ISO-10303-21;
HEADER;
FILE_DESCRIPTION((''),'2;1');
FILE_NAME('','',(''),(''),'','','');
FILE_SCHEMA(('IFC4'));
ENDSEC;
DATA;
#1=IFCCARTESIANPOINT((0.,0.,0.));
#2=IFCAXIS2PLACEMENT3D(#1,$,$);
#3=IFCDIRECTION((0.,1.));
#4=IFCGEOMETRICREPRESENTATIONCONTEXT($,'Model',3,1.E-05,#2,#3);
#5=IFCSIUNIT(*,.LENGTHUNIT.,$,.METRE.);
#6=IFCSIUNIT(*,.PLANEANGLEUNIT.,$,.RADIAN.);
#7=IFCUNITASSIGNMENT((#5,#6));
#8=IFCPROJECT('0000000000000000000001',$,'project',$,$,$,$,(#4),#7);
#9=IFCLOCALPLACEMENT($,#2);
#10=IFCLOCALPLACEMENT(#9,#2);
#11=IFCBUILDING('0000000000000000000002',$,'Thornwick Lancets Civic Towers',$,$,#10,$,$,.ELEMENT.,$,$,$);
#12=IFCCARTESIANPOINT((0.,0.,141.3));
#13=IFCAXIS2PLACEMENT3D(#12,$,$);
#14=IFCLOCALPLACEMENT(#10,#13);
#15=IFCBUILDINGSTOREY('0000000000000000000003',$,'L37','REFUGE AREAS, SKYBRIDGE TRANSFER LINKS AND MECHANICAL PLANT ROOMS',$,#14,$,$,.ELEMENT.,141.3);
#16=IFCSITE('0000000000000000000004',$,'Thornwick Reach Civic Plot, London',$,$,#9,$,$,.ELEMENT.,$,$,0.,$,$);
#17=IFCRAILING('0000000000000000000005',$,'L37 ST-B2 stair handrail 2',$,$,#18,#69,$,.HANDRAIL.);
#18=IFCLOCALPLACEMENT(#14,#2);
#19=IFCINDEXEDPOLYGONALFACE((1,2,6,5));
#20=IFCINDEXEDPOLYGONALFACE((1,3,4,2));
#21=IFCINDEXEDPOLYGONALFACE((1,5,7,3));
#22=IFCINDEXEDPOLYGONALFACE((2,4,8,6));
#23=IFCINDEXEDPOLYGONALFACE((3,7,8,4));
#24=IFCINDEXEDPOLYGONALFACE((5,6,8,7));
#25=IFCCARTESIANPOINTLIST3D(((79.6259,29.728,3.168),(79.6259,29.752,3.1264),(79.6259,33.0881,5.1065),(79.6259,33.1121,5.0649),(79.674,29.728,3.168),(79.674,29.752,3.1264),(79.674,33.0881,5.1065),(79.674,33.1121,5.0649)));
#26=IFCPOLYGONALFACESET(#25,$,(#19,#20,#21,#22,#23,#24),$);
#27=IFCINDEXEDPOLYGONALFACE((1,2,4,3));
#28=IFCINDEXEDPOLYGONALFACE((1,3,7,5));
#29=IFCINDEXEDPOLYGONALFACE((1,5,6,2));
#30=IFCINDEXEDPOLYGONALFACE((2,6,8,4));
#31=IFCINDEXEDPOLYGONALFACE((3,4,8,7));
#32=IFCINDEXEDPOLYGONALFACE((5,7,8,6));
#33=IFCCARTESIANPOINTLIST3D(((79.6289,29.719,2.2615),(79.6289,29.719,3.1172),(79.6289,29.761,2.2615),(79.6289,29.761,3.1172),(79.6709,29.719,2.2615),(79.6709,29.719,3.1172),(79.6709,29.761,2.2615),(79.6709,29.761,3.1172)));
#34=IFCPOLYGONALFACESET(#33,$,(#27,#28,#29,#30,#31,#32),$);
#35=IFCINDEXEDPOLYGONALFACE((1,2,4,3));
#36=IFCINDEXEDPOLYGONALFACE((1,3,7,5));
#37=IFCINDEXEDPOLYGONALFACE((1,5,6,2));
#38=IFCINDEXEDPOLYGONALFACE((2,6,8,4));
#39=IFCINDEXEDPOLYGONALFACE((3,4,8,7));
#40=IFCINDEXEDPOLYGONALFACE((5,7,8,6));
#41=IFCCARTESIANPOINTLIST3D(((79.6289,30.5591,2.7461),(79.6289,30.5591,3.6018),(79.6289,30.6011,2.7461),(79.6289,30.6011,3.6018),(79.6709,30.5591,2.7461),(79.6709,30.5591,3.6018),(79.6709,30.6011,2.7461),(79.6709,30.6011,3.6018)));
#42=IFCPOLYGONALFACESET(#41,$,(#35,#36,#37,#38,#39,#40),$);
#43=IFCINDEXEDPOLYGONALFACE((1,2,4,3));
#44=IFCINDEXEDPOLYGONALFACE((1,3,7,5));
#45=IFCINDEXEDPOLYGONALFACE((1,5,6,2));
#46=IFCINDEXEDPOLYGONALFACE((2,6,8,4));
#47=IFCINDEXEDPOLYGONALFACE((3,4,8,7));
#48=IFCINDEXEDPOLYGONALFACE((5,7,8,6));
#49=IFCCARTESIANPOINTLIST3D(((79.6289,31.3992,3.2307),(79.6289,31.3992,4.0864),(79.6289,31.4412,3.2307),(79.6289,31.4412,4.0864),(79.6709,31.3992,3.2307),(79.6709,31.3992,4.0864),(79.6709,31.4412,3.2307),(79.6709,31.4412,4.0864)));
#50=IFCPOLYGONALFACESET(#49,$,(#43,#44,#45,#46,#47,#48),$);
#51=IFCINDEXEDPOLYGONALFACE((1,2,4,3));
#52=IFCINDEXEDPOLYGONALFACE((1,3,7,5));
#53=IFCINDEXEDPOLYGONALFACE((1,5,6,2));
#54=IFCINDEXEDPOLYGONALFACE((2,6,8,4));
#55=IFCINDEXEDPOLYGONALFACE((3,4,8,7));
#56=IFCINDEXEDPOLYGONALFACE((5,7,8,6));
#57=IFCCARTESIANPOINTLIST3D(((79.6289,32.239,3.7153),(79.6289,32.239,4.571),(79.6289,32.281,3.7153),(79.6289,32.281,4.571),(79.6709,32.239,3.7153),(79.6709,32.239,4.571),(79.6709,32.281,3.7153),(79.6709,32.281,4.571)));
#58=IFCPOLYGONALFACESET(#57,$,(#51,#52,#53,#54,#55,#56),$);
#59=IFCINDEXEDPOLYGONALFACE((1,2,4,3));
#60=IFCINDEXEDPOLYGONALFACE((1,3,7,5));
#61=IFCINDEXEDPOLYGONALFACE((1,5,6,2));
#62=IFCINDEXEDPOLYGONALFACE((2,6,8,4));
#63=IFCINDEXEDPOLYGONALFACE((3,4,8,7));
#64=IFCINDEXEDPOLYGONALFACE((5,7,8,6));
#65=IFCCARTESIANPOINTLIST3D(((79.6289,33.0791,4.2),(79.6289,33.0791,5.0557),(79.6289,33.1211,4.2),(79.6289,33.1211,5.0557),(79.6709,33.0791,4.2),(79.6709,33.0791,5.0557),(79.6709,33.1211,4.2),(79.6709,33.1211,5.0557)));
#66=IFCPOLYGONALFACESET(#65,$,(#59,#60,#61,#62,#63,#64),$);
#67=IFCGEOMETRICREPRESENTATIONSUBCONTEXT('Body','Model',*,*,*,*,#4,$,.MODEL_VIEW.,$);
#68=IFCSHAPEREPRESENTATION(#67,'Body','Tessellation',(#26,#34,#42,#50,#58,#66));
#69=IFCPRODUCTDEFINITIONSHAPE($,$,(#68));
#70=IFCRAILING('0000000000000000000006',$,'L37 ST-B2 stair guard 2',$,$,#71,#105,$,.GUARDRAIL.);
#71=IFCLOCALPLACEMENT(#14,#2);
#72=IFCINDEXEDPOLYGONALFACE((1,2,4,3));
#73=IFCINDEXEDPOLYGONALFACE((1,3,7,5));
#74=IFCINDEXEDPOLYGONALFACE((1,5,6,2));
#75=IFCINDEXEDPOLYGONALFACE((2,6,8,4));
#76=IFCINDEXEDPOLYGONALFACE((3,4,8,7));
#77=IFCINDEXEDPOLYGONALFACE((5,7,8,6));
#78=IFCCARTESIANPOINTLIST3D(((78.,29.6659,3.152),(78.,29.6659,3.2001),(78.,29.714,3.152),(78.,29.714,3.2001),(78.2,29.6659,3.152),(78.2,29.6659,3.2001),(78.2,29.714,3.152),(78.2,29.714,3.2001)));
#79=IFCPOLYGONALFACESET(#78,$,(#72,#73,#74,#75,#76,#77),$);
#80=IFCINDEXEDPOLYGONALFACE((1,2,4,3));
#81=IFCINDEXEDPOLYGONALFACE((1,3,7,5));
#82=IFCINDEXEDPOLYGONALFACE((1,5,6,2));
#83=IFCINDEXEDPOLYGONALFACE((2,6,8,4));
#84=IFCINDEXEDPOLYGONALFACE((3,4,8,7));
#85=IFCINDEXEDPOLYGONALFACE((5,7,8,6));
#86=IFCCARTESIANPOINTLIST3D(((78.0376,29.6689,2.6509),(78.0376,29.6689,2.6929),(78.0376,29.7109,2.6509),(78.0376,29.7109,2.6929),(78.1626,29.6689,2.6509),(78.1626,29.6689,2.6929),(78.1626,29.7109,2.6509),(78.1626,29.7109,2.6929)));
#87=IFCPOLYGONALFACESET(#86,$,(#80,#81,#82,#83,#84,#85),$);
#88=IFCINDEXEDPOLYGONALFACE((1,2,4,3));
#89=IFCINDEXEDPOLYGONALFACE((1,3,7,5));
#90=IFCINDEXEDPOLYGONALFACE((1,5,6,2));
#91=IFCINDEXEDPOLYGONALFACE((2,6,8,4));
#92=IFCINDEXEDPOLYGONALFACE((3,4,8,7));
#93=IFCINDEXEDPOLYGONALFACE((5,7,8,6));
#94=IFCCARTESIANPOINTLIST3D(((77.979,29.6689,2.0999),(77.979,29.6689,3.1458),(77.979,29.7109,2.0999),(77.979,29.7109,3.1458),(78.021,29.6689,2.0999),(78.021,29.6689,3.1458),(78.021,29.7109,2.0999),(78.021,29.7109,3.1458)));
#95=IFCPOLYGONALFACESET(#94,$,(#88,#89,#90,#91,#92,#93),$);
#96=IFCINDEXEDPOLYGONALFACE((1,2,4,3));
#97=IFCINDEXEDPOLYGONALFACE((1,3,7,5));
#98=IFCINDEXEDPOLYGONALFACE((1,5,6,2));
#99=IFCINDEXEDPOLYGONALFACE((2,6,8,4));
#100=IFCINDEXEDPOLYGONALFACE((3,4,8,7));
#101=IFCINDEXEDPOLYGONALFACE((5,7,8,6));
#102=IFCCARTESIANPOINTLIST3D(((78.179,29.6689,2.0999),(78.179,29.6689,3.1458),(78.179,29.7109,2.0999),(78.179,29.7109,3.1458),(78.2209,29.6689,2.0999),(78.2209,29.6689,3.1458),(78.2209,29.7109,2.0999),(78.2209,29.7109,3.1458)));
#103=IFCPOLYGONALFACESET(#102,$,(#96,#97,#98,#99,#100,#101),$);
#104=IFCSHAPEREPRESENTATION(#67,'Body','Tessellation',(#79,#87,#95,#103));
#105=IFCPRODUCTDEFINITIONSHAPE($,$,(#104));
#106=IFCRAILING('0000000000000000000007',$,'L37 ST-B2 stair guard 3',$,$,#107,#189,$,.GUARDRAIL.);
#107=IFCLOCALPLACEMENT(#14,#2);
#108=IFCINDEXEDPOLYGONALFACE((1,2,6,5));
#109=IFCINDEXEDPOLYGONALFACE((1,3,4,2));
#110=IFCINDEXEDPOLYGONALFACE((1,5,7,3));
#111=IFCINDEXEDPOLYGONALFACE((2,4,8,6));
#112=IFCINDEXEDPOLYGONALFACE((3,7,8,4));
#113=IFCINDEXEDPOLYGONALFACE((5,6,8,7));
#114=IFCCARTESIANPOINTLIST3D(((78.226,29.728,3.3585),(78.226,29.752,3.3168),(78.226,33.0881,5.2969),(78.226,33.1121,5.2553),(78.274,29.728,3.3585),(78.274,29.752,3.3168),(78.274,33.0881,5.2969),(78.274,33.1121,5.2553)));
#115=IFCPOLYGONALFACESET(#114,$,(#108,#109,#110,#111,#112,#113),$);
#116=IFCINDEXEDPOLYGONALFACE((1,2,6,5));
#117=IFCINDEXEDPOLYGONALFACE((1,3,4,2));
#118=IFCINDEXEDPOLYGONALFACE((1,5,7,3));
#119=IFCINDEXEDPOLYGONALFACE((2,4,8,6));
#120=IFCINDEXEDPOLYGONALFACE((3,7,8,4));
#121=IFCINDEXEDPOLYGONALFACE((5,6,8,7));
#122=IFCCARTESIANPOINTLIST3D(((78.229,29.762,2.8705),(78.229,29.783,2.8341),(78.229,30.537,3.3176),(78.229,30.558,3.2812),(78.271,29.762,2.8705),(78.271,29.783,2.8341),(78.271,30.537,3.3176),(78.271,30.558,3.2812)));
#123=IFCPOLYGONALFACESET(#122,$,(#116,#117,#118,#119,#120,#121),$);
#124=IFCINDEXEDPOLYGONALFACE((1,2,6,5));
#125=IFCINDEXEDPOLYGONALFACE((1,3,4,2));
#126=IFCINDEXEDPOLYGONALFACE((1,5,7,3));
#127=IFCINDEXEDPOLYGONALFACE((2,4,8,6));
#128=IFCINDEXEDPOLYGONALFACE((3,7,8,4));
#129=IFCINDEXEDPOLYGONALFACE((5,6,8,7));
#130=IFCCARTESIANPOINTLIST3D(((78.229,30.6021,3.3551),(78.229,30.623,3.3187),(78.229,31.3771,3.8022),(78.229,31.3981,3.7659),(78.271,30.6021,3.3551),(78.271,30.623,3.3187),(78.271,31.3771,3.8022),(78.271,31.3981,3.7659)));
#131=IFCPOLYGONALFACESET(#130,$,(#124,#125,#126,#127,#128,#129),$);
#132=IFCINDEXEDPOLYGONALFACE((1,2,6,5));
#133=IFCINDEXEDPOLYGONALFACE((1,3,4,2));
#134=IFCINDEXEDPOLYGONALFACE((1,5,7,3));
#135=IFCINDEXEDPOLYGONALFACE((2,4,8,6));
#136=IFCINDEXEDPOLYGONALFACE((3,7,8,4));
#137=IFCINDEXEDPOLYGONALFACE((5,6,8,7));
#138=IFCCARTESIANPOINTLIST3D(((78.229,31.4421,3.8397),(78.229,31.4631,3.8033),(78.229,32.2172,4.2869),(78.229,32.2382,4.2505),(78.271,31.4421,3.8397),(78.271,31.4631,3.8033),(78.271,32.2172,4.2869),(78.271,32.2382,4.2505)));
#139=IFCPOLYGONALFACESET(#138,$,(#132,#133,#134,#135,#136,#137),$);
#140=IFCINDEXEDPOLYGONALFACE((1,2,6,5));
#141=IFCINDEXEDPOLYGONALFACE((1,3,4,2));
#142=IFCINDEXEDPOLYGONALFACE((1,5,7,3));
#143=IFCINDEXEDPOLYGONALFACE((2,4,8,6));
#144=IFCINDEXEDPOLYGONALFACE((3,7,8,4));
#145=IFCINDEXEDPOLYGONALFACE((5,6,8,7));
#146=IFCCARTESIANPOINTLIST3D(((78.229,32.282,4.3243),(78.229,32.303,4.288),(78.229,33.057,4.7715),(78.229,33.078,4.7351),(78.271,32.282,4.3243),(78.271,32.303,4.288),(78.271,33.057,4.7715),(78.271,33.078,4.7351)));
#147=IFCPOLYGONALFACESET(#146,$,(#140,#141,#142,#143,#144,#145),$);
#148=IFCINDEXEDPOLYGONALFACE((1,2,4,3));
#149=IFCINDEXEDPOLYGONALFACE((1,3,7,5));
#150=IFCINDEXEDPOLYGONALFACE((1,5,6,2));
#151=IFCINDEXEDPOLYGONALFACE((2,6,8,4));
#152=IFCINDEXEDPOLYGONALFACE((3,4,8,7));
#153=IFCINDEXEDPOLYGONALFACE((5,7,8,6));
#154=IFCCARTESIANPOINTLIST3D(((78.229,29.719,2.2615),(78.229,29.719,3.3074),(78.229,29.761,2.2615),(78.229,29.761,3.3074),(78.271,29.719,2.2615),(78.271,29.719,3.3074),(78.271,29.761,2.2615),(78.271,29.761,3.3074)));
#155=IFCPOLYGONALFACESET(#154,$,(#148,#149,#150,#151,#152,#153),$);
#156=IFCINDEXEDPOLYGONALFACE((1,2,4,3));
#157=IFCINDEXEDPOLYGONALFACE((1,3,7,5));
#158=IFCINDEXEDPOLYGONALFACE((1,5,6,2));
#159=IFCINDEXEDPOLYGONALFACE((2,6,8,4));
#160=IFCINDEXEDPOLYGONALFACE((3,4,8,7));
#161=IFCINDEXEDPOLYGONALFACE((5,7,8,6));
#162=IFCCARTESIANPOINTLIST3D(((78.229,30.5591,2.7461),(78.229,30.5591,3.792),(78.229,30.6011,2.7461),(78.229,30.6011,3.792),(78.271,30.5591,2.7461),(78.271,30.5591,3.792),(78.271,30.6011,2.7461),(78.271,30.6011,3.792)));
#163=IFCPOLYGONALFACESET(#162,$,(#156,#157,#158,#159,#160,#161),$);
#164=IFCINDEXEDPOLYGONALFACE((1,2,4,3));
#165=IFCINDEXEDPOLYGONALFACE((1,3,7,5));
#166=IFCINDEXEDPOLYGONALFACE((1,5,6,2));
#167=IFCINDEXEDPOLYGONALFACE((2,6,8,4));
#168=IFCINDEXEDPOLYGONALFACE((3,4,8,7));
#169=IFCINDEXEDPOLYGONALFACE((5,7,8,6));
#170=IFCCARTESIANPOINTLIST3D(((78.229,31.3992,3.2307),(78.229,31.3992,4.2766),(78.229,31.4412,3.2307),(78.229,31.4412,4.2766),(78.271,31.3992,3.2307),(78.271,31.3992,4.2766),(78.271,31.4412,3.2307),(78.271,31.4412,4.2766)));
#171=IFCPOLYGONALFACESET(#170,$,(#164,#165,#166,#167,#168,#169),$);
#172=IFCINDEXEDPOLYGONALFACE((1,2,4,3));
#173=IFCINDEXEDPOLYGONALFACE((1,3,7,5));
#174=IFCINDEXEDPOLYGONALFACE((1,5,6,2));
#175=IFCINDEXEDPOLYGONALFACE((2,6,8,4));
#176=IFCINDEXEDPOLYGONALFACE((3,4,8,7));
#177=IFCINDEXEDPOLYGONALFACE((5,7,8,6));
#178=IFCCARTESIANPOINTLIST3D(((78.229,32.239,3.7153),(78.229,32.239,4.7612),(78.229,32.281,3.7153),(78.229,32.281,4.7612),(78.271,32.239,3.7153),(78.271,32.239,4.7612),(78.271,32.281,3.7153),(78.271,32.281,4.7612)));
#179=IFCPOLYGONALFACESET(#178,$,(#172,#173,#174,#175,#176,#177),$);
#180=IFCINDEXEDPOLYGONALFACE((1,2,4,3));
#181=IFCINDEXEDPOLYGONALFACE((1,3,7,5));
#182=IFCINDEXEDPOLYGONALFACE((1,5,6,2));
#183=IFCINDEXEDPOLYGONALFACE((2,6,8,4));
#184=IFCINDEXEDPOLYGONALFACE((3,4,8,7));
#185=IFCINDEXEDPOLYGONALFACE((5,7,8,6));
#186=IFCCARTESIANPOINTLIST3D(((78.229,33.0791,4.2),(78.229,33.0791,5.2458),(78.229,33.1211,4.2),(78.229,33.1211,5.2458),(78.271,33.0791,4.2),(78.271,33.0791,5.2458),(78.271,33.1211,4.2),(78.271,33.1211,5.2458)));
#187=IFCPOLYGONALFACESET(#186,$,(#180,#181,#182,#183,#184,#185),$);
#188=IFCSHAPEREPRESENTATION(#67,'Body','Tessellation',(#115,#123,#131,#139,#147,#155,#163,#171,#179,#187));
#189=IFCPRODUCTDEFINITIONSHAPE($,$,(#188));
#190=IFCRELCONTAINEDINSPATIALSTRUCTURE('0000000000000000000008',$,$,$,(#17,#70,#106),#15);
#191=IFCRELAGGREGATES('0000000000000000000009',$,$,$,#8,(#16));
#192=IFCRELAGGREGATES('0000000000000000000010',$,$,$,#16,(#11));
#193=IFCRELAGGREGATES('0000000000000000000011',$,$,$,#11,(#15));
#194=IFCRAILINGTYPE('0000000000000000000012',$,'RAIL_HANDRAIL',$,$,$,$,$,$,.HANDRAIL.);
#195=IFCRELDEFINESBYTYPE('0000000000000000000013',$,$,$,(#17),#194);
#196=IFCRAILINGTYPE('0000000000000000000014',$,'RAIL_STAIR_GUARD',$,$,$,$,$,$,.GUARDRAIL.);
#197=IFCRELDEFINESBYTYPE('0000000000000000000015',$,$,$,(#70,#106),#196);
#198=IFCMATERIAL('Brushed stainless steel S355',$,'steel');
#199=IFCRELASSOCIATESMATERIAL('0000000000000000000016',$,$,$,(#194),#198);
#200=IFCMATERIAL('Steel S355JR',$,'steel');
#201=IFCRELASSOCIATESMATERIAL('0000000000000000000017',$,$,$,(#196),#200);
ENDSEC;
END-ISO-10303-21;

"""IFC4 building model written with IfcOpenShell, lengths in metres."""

from ifc_helpers import new_model, si_unit, direction, frame, origin, origin_2d, place, context, subcontext, project, spatial, rectangle, extrude, material, type_object, element, save


model = new_model("IFC4")

# Units and contexts
model_context = context("Model", 3, precision=1e-05, world=origin(), true_north=direction((0.0, 1.0)))
body_context = subcontext(model_context, "Body", "Model", "MODEL_VIEW")
ifc_project = project(units=[si_unit("LENGTHUNIT", "METRE"), si_unit("PLANEANGLEUNIT", "RADIAN")], contexts=[model_context])

# Site, building, storey
site_placement = place(None, origin())
site = spatial("IfcSite", under=ifc_project, at=site_placement, Name="Thornwick Reach Civic Plot, London", CompositionType="ELEMENT", RefElevation=0.0)
building_placement = place(site_placement, origin())
building = spatial("IfcBuilding", under=site, at=building_placement, Name="Thornwick Lancets Civic Towers", CompositionType="ELEMENT")
storey_placement = place(building_placement, frame((0.0, 0.0, 141.3)))
storey = spatial("IfcBuildingStorey", under=building, at=storey_placement, Name="L37", Description="REFUGE AREAS, SKYBRIDGE TRANSFER LINKS AND MECHANICAL PLANT ROOMS", CompositionType="ELEMENT", Elevation=141.3)

# Shared definitions
ifc_material_1 = material(Name="Steel S355JR", Category="steel")

# Railings
ifc_material_2 = material(Name="Brushed stainless steel S355", Category="steel")
railing_type_1 = type_object("IfcRailingType", Name="RAIL_HANDRAIL", PredefinedType="HANDRAIL", material=ifc_material_2)
railing_1_placement = place(storey_placement, frame((79.6499, 29.74, 2.2615)))
element("IfcRailing", 1, at=railing_1_placement, inside=storey, type_object=railing_type_1, Name="L37 ST-B2 stair handrail 2", PredefinedType="HANDRAIL", context=body_context, shape_type="SweptSolid", body=[
    extrude(rectangle(XDim=0.0481, YDim=0.0481, at=origin_2d()), frame((0.0, 0.0, 0.8857), z_axis=(0.0, 0.866191, 0.499713), x_axis=(-1.0, 0.0, 0.0)), (0.0, 0.0, 1.0), 3.8792),
    extrude(rectangle(XDim=0.042, YDim=0.042, at=origin_2d()), origin(), (0.0, 0.0, 1.0), 0.8557),
    extrude(rectangle(XDim=0.042, YDim=0.042, at=origin_2d()), frame((0.0, 0.8401, 0.4846)), (0.0, 0.0, 1.0), 0.8557),
    extrude(rectangle(XDim=0.042, YDim=0.042, at=origin_2d()), frame((0.0, 1.6802, 0.9692)), (0.0, 0.0, 1.0), 0.8557),
    extrude(rectangle(XDim=0.042, YDim=0.042, at=origin_2d()), frame((0.0, 2.52, 1.4539)), (0.0, 0.0, 1.0), 0.8557),
    extrude(rectangle(XDim=0.042, YDim=0.042, at=origin_2d()), frame((0.0, 3.3601, 1.9385)), (0.0, 0.0, 1.0), 0.8557),
])
railing_type_2 = type_object("IfcRailingType", Name="RAIL_STAIR_GUARD", PredefinedType="GUARDRAIL", material=ifc_material_1)
railing_2_placement = place(storey_placement, frame((78.0, 29.6899, 2.0999)))
element("IfcRailing", 2, at=railing_2_placement, inside=storey, type_object=railing_type_2, Name="L37 ST-B2 stair guard 2", PredefinedType="GUARDRAIL", context=body_context, shape_type="SweptSolid", body=[
    extrude(rectangle(XDim=0.0481, YDim=0.0481, at=origin_2d()), frame((0.0, 0.0, 1.0762), z_axis=(1.0, 0.0, 0.0), x_axis=(0.0, 1.0, 0.0)), (0.0, 0.0, 1.0), 0.2),
    extrude(rectangle(XDim=0.042, YDim=0.042, at=origin_2d()), frame((0.0376, 0.0, 0.572), z_axis=(1.0, 0.0, 0.0), x_axis=(0.0, 1.0, 0.0)), (0.0, 0.0, 1.0), 0.125),
    extrude(rectangle(XDim=0.042, YDim=0.042, at=origin_2d()), origin(), (0.0, 0.0, 1.0), 1.0459),
    extrude(rectangle(XDim=0.042, YDim=0.042, at=origin_2d()), frame((0.2, 0.0, 0.0)), (0.0, 0.0, 1.0), 1.0459),
])
railing_3_placement = place(storey_placement, frame((78.25, 29.74, 2.2615)))
element("IfcRailing", 3, at=railing_3_placement, inside=storey, type_object=railing_type_2, Name="L37 ST-B2 stair guard 3", PredefinedType="GUARDRAIL", context=body_context, shape_type="SweptSolid", body=[
    extrude(rectangle(XDim=0.0481, YDim=0.0481, at=origin_2d()), frame((0.0, 0.0, 1.0762), z_axis=(0.0, 0.866191, 0.499713), x_axis=(-1.0, 0.0, 0.0)), (0.0, 0.0, 1.0), 3.8792),
    extrude(rectangle(XDim=0.042, YDim=0.042, at=origin_2d()), frame((0.0, 0.0325, 0.5908), z_axis=(0.0, 0.866191, 0.499713), x_axis=(-1.0, 0.0, 0.0)), (0.0, 0.0, 1.0), 0.8948),
    extrude(rectangle(XDim=0.042, YDim=0.042, at=origin_2d()), frame((0.0, 0.8726, 1.0754), z_axis=(0.0, 0.866191, 0.499713), x_axis=(-1.0, 0.0, 0.0)), (0.0, 0.0, 1.0), 0.8948),
    extrude(rectangle(XDim=0.042, YDim=0.042, at=origin_2d()), frame((0.0, 1.7126, 1.5601), z_axis=(0.0, 0.866191, 0.499713), x_axis=(-1.0, 0.0, 0.0)), (0.0, 0.0, 1.0), 0.8948),
    extrude(rectangle(XDim=0.042, YDim=0.042, at=origin_2d()), frame((0.0, 2.5525, 2.0447), z_axis=(0.0, 0.866191, 0.499713), x_axis=(-1.0, 0.0, 0.0)), (0.0, 0.0, 1.0), 0.8948),
    extrude(rectangle(XDim=0.042, YDim=0.042, at=origin_2d()), origin(), (0.0, 0.0, 1.0), 1.0459),
    extrude(rectangle(XDim=0.042, YDim=0.042, at=origin_2d()), frame((0.0, 0.8401, 0.4846)), (0.0, 0.0, 1.0), 1.0459),
    extrude(rectangle(XDim=0.042, YDim=0.042, at=origin_2d()), frame((0.0, 1.6802, 0.9692)), (0.0, 0.0, 1.0), 1.0459),
    extrude(rectangle(XDim=0.042, YDim=0.042, at=origin_2d()), frame((0.0, 2.52, 1.4539)), (0.0, 0.0, 1.0), 1.0459),
    extrude(rectangle(XDim=0.042, YDim=0.042, at=origin_2d()), frame((0.0, 3.3601, 1.9385)), (0.0, 0.0, 1.0), 1.0459),
])

save(model, "model.ifc")
